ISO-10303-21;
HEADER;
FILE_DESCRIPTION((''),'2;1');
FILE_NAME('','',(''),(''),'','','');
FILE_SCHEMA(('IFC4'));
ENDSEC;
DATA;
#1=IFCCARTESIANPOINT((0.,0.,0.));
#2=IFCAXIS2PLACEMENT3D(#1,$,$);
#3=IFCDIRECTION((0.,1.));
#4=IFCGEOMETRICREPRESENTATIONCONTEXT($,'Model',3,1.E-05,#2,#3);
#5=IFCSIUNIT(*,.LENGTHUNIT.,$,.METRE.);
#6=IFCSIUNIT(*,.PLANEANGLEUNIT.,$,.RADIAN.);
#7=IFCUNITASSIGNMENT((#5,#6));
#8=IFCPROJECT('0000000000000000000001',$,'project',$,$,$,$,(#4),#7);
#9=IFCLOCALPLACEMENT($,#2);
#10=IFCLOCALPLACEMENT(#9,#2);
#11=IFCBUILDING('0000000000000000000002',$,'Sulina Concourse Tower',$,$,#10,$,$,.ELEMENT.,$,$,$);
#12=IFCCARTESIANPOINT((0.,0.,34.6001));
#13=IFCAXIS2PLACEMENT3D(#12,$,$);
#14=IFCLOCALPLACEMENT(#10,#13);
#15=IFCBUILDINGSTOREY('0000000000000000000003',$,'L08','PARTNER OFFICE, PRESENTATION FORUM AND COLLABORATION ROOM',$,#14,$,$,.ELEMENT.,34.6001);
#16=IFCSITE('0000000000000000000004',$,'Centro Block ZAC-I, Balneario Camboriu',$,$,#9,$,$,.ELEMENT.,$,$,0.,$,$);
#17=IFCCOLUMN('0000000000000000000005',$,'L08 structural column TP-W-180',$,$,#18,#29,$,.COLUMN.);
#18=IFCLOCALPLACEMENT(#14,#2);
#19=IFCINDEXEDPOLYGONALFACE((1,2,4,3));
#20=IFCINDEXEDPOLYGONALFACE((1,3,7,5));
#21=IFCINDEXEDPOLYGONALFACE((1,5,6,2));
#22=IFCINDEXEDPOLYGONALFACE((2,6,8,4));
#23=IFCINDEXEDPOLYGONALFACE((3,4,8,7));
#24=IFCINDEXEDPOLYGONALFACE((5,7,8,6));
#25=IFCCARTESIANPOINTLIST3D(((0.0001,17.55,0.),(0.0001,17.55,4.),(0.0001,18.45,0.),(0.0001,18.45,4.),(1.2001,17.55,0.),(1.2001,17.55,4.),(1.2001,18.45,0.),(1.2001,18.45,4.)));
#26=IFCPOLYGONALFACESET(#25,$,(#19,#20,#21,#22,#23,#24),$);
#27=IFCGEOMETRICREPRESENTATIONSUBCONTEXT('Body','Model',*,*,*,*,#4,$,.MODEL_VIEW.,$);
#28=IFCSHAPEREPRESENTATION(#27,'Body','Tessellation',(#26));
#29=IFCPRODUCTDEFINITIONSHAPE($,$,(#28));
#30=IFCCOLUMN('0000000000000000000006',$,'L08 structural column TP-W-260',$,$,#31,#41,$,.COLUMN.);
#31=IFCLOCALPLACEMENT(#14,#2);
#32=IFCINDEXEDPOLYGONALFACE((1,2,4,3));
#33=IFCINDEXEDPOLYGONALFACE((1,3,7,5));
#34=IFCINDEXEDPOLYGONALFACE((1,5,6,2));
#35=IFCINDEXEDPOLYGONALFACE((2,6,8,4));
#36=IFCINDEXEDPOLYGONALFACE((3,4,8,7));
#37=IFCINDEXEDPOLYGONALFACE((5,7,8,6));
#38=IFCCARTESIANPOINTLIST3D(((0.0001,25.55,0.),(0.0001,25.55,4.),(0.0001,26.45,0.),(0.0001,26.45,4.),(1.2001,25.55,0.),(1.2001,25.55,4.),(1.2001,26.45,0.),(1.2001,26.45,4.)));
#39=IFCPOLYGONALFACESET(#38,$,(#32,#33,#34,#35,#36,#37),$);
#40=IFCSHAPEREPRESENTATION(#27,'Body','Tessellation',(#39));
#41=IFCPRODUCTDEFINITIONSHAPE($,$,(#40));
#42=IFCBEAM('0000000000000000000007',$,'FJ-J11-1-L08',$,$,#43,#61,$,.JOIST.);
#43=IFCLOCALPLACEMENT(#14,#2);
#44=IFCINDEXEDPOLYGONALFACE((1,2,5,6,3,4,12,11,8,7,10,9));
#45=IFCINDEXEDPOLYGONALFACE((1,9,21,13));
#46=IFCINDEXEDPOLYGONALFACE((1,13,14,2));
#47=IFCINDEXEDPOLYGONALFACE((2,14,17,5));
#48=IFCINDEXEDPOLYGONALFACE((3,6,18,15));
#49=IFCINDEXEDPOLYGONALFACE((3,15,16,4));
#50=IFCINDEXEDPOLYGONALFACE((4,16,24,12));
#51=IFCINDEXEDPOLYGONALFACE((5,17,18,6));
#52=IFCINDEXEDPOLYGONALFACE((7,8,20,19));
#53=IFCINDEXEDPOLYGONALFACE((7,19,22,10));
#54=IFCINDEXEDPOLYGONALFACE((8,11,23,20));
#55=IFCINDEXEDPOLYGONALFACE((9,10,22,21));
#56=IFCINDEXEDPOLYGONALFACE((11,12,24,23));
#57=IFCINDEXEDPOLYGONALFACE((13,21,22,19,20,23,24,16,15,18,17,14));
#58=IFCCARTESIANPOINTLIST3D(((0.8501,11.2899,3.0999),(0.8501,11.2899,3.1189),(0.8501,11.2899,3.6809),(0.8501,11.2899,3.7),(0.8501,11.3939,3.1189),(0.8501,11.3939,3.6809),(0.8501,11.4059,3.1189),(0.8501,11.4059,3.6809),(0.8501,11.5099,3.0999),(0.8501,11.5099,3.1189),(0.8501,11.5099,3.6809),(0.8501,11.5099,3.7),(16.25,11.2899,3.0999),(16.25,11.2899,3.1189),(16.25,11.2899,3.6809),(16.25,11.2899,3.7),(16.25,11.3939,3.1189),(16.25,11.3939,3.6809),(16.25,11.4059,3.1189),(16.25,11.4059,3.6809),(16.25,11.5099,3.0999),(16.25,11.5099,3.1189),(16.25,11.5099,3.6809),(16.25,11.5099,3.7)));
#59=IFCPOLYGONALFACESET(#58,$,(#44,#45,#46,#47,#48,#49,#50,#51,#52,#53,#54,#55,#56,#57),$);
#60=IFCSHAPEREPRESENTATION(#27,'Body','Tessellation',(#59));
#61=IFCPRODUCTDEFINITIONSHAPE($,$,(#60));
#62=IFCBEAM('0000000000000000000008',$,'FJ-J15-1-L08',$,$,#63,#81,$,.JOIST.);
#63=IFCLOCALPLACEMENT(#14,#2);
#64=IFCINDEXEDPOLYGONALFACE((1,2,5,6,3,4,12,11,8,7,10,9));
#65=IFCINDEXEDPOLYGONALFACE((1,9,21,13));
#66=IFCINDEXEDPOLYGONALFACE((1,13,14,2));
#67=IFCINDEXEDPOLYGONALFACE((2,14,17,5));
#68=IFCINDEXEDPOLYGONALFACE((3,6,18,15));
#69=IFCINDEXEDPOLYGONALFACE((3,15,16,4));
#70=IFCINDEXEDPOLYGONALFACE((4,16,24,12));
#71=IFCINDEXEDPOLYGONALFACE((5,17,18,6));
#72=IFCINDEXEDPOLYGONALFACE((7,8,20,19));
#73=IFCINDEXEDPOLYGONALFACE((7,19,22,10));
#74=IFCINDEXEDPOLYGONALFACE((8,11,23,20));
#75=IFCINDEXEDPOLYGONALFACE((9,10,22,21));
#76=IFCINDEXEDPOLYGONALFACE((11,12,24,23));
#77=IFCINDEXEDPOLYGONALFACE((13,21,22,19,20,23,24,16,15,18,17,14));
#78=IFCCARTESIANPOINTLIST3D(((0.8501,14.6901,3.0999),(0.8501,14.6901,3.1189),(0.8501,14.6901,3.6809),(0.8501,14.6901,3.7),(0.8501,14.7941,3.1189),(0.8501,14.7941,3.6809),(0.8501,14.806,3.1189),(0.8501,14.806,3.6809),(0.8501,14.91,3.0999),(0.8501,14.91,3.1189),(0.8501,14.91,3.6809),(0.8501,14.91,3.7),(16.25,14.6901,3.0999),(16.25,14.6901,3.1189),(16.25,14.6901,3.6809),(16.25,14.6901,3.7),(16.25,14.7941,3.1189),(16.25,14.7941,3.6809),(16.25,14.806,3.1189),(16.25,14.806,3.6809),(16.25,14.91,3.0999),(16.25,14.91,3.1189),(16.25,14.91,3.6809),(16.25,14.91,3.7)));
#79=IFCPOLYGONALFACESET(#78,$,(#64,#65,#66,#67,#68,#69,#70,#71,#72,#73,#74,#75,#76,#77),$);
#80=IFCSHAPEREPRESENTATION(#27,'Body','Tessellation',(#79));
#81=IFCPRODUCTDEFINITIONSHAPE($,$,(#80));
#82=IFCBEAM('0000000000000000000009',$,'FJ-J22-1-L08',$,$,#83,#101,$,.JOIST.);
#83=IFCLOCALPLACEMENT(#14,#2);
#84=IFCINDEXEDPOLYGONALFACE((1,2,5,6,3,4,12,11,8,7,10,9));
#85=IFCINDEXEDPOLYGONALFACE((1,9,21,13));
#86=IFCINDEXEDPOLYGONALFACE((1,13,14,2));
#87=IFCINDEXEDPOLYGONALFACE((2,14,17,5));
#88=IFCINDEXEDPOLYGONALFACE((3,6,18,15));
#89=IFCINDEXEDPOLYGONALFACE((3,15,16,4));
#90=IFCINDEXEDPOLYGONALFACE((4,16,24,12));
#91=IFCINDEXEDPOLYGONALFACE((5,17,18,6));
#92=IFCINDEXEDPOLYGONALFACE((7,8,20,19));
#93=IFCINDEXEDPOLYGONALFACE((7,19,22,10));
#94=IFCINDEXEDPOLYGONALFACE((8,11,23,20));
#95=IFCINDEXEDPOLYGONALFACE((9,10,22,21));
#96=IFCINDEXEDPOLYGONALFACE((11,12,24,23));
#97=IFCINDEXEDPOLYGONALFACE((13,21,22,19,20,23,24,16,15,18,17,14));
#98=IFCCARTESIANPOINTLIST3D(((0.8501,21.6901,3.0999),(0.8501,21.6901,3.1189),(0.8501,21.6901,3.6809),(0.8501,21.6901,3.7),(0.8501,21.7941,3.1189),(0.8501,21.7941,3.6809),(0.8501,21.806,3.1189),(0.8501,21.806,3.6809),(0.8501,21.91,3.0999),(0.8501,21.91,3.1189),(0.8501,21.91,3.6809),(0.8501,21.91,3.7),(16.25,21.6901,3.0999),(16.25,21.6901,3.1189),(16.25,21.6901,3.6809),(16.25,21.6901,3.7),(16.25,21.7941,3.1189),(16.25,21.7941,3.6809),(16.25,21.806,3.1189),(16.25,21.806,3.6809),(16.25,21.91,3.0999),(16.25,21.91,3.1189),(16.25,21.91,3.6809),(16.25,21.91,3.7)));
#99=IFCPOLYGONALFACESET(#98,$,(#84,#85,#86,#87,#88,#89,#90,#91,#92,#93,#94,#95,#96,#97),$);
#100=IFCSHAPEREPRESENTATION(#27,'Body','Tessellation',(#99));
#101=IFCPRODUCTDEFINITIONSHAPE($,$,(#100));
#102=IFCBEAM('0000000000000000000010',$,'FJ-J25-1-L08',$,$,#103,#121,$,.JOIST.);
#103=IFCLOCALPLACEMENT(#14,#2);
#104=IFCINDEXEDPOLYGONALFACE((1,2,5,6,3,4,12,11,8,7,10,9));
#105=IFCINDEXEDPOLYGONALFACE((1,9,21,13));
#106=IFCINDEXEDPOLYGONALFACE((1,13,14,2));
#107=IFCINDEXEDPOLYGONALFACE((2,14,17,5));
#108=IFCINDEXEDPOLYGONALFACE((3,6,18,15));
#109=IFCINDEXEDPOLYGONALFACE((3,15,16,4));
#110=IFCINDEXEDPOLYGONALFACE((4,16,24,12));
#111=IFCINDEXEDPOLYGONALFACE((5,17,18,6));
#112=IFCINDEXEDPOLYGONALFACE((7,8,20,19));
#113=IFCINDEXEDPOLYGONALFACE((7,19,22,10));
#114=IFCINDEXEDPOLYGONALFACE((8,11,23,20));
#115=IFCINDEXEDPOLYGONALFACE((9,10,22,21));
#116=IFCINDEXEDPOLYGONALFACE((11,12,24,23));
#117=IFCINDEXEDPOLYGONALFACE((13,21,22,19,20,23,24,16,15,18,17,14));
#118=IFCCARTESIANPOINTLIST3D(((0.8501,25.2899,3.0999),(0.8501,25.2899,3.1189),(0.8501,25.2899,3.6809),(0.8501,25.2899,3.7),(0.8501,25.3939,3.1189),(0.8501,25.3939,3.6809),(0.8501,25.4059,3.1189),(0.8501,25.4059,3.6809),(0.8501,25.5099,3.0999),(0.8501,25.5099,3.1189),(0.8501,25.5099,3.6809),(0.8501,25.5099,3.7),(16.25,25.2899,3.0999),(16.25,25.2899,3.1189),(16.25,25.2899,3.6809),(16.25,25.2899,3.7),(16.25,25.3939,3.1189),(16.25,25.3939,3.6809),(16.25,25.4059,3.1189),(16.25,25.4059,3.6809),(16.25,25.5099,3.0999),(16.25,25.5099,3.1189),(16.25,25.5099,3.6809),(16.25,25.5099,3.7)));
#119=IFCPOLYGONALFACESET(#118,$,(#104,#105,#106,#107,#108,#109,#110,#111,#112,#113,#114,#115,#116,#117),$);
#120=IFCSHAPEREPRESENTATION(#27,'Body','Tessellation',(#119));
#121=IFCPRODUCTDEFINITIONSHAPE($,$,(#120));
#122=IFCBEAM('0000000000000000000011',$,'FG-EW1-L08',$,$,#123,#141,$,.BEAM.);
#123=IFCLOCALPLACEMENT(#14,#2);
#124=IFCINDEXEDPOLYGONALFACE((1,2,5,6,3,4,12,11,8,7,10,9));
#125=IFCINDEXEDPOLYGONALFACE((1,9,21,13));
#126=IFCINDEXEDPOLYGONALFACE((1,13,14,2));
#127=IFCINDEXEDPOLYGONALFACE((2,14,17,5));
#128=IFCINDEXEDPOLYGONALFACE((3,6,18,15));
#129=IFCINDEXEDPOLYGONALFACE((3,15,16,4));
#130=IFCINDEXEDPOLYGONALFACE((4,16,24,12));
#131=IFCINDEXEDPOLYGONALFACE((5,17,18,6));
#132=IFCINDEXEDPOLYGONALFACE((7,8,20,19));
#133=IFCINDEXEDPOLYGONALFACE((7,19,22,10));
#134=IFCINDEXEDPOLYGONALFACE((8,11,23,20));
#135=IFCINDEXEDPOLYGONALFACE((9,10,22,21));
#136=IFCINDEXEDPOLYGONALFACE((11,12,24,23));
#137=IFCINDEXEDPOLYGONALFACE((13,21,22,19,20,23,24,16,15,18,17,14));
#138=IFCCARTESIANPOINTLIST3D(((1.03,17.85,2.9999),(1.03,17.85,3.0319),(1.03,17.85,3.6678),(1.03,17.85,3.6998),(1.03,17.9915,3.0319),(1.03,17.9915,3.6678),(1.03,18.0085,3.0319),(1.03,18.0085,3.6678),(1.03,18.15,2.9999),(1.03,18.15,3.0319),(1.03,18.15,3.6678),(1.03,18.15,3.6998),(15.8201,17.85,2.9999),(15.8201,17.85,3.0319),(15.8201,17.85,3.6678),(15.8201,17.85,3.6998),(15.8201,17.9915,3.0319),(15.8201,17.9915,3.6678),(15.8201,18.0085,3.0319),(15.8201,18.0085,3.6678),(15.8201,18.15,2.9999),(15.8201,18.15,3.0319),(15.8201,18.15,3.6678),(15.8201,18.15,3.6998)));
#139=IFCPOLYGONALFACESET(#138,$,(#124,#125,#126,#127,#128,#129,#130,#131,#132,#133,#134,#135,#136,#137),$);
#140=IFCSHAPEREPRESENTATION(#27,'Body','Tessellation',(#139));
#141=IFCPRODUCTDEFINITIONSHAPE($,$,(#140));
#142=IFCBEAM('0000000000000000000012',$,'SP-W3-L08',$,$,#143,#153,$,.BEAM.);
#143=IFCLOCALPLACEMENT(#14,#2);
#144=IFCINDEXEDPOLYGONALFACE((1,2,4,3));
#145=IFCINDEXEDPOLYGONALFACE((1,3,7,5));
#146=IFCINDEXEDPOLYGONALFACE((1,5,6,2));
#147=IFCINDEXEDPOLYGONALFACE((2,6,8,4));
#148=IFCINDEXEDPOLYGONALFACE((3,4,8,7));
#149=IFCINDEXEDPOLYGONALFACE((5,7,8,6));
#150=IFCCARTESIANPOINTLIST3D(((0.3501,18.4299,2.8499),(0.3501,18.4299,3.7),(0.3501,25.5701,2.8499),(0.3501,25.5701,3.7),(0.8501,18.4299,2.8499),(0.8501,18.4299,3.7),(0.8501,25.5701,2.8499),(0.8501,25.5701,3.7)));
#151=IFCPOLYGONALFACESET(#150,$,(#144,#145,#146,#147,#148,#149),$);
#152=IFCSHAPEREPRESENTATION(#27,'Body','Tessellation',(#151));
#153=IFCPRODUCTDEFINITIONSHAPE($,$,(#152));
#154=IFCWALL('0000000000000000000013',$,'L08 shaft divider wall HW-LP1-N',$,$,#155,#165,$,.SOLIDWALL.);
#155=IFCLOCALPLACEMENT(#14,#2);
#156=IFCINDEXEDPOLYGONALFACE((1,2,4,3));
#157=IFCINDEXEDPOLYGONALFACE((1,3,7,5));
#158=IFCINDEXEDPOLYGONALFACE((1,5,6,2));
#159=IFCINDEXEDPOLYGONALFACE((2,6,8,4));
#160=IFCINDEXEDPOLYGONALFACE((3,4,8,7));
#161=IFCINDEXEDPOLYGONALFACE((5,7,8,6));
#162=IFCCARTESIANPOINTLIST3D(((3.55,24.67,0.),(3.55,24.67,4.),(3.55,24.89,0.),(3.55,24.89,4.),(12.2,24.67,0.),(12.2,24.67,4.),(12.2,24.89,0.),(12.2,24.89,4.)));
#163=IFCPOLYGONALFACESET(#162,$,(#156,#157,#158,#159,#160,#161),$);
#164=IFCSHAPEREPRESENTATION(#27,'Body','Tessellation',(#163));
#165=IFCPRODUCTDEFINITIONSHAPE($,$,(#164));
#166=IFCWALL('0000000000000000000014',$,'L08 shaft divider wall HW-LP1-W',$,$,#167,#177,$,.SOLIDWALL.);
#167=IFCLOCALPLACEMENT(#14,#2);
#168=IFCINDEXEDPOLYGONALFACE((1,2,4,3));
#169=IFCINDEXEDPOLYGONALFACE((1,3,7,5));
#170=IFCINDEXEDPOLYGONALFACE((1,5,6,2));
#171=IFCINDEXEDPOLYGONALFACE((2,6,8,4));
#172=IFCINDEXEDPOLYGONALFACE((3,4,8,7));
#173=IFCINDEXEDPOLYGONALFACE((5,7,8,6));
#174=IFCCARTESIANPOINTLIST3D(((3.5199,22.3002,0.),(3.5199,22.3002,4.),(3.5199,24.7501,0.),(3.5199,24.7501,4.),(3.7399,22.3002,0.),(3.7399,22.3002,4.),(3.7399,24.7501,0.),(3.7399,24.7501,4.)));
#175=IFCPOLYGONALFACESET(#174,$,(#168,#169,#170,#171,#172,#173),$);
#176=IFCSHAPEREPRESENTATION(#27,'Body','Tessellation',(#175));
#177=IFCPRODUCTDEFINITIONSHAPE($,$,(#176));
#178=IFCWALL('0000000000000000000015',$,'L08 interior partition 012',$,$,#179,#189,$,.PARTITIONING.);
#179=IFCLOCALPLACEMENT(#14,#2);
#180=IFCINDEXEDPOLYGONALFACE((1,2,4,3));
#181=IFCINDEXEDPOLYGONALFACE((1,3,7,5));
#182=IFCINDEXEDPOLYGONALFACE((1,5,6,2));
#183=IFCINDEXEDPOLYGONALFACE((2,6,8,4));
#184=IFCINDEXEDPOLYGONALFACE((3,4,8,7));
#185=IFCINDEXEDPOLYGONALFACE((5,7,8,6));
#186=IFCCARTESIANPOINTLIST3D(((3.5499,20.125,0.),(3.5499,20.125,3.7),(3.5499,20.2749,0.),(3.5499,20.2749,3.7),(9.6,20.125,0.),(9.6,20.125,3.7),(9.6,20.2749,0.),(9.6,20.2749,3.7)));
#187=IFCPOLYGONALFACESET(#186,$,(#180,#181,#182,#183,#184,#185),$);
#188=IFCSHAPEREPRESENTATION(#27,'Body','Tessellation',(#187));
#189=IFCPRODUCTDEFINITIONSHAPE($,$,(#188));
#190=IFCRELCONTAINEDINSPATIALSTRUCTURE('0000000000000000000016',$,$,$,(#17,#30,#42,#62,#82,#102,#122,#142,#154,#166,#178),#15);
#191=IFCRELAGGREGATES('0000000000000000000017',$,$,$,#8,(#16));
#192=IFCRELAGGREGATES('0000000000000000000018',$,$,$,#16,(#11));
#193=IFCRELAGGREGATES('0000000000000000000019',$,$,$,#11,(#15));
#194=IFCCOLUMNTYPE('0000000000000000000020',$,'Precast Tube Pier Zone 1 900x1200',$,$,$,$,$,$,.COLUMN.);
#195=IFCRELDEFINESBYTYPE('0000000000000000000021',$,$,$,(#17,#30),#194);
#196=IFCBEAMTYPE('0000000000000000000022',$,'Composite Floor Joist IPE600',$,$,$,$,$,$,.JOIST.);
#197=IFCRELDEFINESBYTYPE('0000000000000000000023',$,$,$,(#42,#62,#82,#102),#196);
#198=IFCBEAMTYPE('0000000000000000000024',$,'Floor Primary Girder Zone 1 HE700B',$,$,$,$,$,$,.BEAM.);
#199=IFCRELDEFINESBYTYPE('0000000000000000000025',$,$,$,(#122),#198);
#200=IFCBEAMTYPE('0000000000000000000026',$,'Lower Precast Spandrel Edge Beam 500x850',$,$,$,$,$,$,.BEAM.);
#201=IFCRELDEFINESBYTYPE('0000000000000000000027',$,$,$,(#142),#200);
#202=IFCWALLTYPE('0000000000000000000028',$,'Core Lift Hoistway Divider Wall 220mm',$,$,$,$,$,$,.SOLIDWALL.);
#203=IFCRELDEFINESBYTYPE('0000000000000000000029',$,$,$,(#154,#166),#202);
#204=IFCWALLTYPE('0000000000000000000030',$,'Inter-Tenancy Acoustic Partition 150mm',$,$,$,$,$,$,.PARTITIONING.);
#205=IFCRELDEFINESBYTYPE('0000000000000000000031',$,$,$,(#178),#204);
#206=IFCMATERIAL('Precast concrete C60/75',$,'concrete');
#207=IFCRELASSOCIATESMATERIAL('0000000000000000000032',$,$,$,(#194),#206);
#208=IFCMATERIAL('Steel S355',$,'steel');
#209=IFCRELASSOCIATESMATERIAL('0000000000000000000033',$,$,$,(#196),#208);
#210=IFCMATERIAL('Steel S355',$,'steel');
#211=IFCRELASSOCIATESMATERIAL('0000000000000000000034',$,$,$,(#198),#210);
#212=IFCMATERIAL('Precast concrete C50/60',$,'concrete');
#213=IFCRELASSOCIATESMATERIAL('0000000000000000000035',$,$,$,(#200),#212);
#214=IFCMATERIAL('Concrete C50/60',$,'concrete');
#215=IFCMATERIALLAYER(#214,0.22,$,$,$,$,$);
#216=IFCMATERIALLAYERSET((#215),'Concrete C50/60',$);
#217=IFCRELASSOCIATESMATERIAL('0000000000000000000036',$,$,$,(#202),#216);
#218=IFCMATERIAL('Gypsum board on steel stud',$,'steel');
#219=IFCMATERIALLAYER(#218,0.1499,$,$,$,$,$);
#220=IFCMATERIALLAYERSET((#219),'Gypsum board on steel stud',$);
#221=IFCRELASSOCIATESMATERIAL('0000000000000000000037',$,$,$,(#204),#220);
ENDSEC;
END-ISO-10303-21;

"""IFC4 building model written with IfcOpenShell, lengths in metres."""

from ifc_helpers import new_model, si_unit, direction, frame, frame_2d, origin, origin_2d, place, context, subcontext, project, spatial, rectangle, i_section, extrude, material, layer, layer_set, material_profile, profile_set, type_object, element, save


model = new_model("IFC4")

# Units and contexts
model_context = context("Model", 3, precision=1e-05, world=origin(), true_north=direction((0.0, 1.0)))
body_context = subcontext(model_context, "Body", "Model", "MODEL_VIEW")
ifc_project = project(units=[si_unit("LENGTHUNIT", "METRE"), si_unit("PLANEANGLEUNIT", "RADIAN")], contexts=[model_context])

# Site, building, storey
site_placement = place(None, origin())
site = spatial("IfcSite", under=ifc_project, at=site_placement, Name="Centro Block ZAC-I, Balneario Camboriu", CompositionType="ELEMENT", RefElevation=0.0)
building_placement = place(site_placement, origin())
building = spatial("IfcBuilding", under=site, at=building_placement, Name="Sulina Concourse Tower", CompositionType="ELEMENT")
storey_placement = place(building_placement, frame((0.0, 0.0, 34.6001)))
storey = spatial("IfcBuildingStorey", under=building, at=storey_placement, Name="L08", Description="PARTNER OFFICE, PRESENTATION FORUM AND COLLABORATION ROOM", CompositionType="ELEMENT", Elevation=34.6001)

# Columns
ifc_material_1 = material(Name="Precast concrete C60/75", Category="concrete")
ifc_material_profile_1 = material_profile(ifc_material_1, rectangle(XDim=0.8999, YDim=1.2, at=origin_2d()), Name="PC 900x1200")
ifc_profile_set_1 = profile_set([ifc_material_profile_1], Name="Precast concrete C60/75")
column_type = type_object("IfcColumnType", Name="Precast Tube Pier Zone 1 900x1200", PredefinedType="COLUMN", material=ifc_profile_set_1)
for number, where, z_axis, x_axis, name in (
    (1, (0.6001, 18.0, 0.0), (0.0, 0.0, 1.0), (0.0, 1.0, 0.0), "L08 structural column TP-W-180"),
    (2, (0.6001, 26.0, 0.0), (0.0, 0.0, 1.0), (0.0, 1.0, 0.0), "L08 structural column TP-W-260"),
):
    element("IfcColumn", number, at=place(storey_placement, frame(where, z_axis=z_axis, x_axis=x_axis)), inside=storey, type_object=column_type, Name=name, PredefinedType="COLUMN", context=body_context, shape_type="SweptSolid", body=[
        extrude(rectangle(XDim=0.8999, YDim=1.2, at=origin_2d()), origin(), (0.0, 0.0, 1.0), 4.0),
    ])

# Beams
ifc_material_2 = material(Name="Steel S355", Category="steel")
ifc_material_profile_2 = material_profile(ifc_material_2, i_section(OverallWidth=0.22, OverallDepth=0.6001, WebThickness=0.012, FlangeThickness=0.019, at=origin_2d()), Name="IPE 600")
ifc_profile_set_2 = profile_set([ifc_material_profile_2], Name="Steel S355")
beam_type_1 = type_object("IfcBeamType", Name="Composite Floor Joist IPE600", PredefinedType="JOIST", material=ifc_profile_set_2)
for number, where, z_axis, x_axis, name in (
    (3, (0.8501, 11.3999, 3.3999), (1.0, 0.0, 0.0), (0.0, 1.0, 0.0), "FJ-J11-1-L08"),
    (4, (0.8501, 14.8, 3.3999), (1.0, 0.0, 0.0), (0.0, 1.0, 0.0), "FJ-J15-1-L08"),
    (5, (0.8501, 21.8, 3.3999), (1.0, 0.0, 0.0), (0.0, 1.0, 0.0), "FJ-J22-1-L08"),
    (6, (0.8501, 25.3999, 3.3999), (1.0, 0.0, 0.0), (0.0, 1.0, 0.0), "FJ-J25-1-L08"),
):
    element("IfcBeam", number, at=place(storey_placement, frame(where, z_axis=z_axis, x_axis=x_axis)), inside=storey, type_object=beam_type_1, Name=name, PredefinedType="JOIST", context=body_context, shape_type="SweptSolid", body=[
        extrude(i_section(OverallWidth=0.22, OverallDepth=0.6001, WebThickness=0.012, FlangeThickness=0.019, at=origin_2d()), origin(), (0.0, 0.0, 1.0), 15.3999),
    ])
ifc_material_3 = material(Name="Steel S355", Category="steel")
ifc_material_profile_3 = material_profile(ifc_material_3, i_section(OverallWidth=0.3, OverallDepth=0.7, WebThickness=0.0171, FlangeThickness=0.032, at=origin_2d()), Name="HE 700 B")
ifc_profile_set_3 = profile_set([ifc_material_profile_3], Name="Steel S355")
beam_type_2 = type_object("IfcBeamType", Name="Floor Primary Girder Zone 1 HE700B", PredefinedType="BEAM", material=ifc_profile_set_3)
beam_1_placement = place(storey_placement, frame((1.03, 18.0, 3.3499), z_axis=(1.0, 0.0, 0.0), x_axis=(0.0, 1.0, 0.0)))
element("IfcBeam", 7, at=beam_1_placement, inside=storey, type_object=beam_type_2, Name="FG-EW1-L08", PredefinedType="BEAM", context=body_context, shape_type="SweptSolid", body=[
    extrude(i_section(OverallWidth=0.3, OverallDepth=0.7, WebThickness=0.0171, FlangeThickness=0.032, at=origin_2d()), origin(), (0.0, 0.0, 1.0), 14.79),
])
ifc_material_4 = material(Name="Precast concrete C50/60", Category="concrete")
ifc_material_profile_4 = material_profile(ifc_material_4, rectangle(XDim=0.5, YDim=0.8501, at=origin_2d()), Name="RC 500x850")
ifc_profile_set_4 = profile_set([ifc_material_profile_4], Name="Precast concrete C50/60")
beam_type_3 = type_object("IfcBeamType", Name="Lower Precast Spandrel Edge Beam 500x850", PredefinedType="BEAM", material=ifc_profile_set_4)
beam_2_placement = place(storey_placement, frame((0.6001, 18.4299, 3.2749), z_axis=(0.0, 1.0, 0.0), x_axis=(-1.0, 0.0, 0.0)))
element("IfcBeam", 8, at=beam_2_placement, inside=storey, type_object=beam_type_3, Name="SP-W3-L08", PredefinedType="BEAM", context=body_context, shape_type="SweptSolid", body=[
    extrude(rectangle(XDim=0.5, YDim=0.8501, at=origin_2d()), origin(), (0.0, 0.0, 1.0), 7.1401),
])

# Walls
ifc_material_5 = material(Name="Concrete C50/60", Category="concrete")
ifc_layer_1 = layer(ifc_material_5, 0.22)
ifc_layer_set_1 = layer_set([ifc_layer_1], Name="Concrete C50/60")
wall_type_1 = type_object("IfcWallType", Name="Core Lift Hoistway Divider Wall 220mm", PredefinedType="SOLIDWALL", material=ifc_layer_set_1)
wall_1_placement = place(storey_placement, frame((3.55, 24.78, 0.0), z_axis=(0.0, 0.0, 1.0), x_axis=(1.0, 0.0, 0.0)))
element("IfcWall", 9, at=wall_1_placement, inside=storey, type_object=wall_type_1, Name="L08 shaft divider wall HW-LP1-N", PredefinedType="SOLIDWALL", context=body_context, shape_type="SweptSolid", body=[
    extrude(rectangle(XDim=8.6499, YDim=0.22, at=frame_2d((4.325, 0.0))), origin(), (0.0, 0.0, 1.0), 4.0),
])
wall_2_placement = place(storey_placement, frame((3.6299, 22.3, 0.0), z_axis=(0.0, 0.0, 1.0), x_axis=(0.0, 1.0, 0.0)))
element("IfcWall", 10, at=wall_2_placement, inside=storey, type_object=wall_type_1, Name="L08 shaft divider wall HW-LP1-W", PredefinedType="SOLIDWALL", context=body_context, shape_type="SweptSolid", body=[
    extrude(rectangle(XDim=2.45, YDim=0.22, at=frame_2d((1.2251, 0.0))), origin(), (0.0, 0.0, 1.0), 4.0),
])
ifc_material_6 = material(Name="Gypsum board on steel stud", Category="steel")
ifc_layer_2 = layer(ifc_material_6, 0.1499)
ifc_layer_set_2 = layer_set([ifc_layer_2], Name="Gypsum board on steel stud")
wall_type_2 = type_object("IfcWallType", Name="Inter-Tenancy Acoustic Partition 150mm", PredefinedType="PARTITIONING", material=ifc_layer_set_2)
wall_3_placement = place(storey_placement, frame((3.55, 20.2, 0.0), z_axis=(0.0, 0.0, 1.0), x_axis=(1.0, 0.0, 0.0)))
element("IfcWall", 11, at=wall_3_placement, inside=storey, type_object=wall_type_2, Name="L08 interior partition 012", PredefinedType="PARTITIONING", context=body_context, shape_type="SweptSolid", body=[
    extrude(rectangle(XDim=6.05, YDim=0.1499, at=frame_2d((3.0249, 0.0))), origin(), (0.0, 0.0, 1.0), 3.7),
])

save(model, "model.ifc")
